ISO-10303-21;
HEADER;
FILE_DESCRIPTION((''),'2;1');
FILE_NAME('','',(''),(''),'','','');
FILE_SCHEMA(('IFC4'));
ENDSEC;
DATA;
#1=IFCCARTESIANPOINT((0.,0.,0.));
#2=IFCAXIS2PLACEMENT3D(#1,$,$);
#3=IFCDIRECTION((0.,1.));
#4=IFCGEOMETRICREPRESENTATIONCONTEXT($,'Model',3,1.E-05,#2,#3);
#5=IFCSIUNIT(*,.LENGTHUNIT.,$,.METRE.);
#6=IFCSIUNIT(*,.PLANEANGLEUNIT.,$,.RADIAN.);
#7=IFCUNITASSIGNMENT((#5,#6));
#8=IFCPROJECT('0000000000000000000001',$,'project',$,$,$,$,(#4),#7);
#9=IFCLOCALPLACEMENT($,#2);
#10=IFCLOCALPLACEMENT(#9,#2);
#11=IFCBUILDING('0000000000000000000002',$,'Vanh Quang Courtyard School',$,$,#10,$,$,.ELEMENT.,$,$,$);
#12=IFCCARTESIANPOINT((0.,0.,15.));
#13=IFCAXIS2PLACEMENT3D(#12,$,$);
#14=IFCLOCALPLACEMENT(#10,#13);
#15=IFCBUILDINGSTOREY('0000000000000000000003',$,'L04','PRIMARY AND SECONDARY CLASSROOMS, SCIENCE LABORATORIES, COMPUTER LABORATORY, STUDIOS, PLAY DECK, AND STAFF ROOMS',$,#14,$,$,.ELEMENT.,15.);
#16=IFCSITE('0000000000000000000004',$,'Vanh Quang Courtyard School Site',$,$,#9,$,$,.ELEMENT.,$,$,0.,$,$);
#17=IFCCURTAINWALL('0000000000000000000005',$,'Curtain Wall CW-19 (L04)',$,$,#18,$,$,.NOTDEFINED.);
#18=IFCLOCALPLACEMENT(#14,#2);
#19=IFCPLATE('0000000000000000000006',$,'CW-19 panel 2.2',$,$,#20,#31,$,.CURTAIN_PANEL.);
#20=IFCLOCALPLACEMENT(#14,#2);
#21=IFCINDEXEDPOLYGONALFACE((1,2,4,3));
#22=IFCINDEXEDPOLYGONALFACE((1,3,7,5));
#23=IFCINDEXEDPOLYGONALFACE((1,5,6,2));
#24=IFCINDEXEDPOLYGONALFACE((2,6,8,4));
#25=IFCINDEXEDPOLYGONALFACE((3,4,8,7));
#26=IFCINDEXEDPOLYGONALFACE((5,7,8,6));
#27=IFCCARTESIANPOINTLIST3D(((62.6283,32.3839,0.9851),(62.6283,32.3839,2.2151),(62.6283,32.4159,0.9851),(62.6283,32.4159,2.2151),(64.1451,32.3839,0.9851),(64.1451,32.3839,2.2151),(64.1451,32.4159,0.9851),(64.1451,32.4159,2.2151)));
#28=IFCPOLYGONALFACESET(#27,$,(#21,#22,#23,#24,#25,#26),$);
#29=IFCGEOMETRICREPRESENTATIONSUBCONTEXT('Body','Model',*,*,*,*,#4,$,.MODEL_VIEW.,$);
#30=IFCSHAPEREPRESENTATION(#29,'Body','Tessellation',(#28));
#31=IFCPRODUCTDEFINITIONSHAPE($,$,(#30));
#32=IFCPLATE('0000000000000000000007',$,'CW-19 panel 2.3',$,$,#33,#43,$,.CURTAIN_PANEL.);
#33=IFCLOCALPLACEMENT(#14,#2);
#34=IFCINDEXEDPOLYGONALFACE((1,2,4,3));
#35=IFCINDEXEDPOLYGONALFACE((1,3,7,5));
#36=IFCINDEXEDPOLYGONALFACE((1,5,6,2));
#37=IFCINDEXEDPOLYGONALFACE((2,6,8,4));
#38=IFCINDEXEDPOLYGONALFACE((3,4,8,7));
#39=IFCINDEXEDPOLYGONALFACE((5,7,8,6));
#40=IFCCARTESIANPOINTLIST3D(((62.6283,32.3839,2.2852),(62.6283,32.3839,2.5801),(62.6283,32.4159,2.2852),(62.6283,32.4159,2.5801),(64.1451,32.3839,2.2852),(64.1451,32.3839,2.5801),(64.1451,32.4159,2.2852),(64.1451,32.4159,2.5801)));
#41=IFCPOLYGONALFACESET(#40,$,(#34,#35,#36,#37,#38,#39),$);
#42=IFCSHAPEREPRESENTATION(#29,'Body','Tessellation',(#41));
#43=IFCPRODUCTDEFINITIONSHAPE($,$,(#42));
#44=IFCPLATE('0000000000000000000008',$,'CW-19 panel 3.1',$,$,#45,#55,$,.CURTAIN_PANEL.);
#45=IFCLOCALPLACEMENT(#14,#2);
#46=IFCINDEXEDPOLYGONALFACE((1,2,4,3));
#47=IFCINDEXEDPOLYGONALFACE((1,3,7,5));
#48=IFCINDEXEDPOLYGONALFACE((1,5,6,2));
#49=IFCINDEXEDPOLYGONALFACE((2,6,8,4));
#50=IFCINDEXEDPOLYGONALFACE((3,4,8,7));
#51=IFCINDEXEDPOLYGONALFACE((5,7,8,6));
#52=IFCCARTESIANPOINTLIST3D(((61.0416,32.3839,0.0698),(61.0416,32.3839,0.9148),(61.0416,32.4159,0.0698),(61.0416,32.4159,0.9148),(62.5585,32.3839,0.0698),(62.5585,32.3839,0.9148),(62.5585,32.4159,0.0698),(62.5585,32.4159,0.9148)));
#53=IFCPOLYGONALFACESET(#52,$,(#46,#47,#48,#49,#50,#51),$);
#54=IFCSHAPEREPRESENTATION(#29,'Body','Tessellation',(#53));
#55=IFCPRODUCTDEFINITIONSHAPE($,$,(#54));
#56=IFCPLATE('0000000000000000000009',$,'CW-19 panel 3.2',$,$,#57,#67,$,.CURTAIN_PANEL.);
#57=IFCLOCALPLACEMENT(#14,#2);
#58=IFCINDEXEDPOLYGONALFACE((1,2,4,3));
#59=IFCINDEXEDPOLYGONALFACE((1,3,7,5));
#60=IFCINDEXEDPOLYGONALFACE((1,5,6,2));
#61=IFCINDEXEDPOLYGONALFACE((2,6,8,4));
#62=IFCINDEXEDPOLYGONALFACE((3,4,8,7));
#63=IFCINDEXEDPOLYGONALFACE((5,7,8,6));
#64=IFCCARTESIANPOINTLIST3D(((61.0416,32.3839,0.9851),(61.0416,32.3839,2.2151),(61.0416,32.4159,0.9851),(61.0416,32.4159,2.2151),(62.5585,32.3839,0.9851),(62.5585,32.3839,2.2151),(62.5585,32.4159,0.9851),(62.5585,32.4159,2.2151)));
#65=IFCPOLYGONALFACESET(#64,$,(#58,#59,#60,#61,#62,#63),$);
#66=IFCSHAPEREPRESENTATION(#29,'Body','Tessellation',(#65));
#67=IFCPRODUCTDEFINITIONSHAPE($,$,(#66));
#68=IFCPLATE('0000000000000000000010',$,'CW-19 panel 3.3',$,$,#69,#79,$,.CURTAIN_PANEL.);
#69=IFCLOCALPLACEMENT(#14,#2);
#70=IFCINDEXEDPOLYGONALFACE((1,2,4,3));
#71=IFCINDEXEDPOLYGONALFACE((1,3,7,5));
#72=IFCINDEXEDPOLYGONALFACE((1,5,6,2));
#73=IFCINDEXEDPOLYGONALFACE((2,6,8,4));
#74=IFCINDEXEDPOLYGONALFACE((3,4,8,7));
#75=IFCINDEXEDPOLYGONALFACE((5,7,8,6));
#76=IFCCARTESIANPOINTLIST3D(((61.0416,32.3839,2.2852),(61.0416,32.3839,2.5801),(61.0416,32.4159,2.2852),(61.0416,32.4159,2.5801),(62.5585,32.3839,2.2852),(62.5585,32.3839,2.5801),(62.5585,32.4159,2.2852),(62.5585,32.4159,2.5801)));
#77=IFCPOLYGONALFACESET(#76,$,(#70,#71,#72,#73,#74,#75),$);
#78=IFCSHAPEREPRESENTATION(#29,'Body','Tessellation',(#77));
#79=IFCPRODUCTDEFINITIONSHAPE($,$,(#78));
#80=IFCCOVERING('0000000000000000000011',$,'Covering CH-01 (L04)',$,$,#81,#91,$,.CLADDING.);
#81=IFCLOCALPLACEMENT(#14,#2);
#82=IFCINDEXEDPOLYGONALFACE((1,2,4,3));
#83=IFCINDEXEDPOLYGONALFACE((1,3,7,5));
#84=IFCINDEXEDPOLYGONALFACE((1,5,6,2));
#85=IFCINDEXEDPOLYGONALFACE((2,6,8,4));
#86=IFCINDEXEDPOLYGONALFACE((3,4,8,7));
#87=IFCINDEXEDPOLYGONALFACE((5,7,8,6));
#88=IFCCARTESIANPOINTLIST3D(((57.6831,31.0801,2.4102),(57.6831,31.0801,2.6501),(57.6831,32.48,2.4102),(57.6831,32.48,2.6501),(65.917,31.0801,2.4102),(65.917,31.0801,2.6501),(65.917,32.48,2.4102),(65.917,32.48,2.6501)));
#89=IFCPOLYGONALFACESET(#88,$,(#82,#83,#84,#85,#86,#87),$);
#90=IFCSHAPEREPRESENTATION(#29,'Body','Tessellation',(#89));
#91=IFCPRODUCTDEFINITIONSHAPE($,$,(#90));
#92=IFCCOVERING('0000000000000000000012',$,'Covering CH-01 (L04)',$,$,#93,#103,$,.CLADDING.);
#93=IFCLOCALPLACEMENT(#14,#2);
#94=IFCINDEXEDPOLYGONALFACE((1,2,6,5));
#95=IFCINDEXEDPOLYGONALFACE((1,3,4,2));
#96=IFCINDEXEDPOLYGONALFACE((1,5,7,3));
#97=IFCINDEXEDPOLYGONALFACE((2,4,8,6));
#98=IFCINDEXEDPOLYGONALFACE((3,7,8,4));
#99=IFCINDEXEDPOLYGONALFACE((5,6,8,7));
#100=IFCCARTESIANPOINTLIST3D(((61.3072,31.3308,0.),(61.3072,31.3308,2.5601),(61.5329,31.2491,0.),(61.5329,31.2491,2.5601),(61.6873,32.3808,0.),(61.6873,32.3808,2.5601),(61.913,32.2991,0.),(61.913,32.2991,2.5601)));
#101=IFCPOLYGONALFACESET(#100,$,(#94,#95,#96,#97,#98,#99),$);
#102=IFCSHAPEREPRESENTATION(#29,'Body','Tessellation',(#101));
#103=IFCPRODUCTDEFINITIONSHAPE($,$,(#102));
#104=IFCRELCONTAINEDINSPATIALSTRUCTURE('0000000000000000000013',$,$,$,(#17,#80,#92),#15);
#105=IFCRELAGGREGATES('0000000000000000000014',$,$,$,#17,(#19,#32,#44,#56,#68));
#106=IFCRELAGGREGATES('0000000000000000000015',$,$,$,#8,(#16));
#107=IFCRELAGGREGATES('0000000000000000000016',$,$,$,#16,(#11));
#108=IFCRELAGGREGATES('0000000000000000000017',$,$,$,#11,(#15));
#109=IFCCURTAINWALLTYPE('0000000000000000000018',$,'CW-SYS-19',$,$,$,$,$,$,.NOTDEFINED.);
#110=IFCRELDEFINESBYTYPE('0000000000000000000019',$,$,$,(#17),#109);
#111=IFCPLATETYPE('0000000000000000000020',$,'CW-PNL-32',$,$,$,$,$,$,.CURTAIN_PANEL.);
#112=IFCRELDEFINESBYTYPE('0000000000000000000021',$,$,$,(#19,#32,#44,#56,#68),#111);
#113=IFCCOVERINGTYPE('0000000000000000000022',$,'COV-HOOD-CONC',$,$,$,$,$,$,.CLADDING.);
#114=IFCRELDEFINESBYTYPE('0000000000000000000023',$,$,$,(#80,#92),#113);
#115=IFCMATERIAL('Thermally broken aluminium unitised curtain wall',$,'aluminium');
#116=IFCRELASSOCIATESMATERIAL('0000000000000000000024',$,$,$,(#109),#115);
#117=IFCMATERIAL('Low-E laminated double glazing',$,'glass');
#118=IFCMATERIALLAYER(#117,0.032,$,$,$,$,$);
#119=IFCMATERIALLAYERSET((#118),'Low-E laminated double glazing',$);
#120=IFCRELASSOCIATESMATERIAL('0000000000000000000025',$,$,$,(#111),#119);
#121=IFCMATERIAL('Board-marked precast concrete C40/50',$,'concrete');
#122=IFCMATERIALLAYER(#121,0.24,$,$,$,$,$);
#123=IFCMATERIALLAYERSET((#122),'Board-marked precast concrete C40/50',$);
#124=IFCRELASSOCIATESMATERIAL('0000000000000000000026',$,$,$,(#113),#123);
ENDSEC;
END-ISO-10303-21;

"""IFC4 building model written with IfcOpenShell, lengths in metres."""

from ifc_helpers import new_model, si_unit, direction, frame, origin, origin_2d, place, context, subcontext, project, spatial, rectangle, extrude, material, layer, layer_set, type_object, element, aggregate, save


model = new_model("IFC4")

# Units and contexts
model_context = context("Model", 3, precision=1e-05, world=origin(), true_north=direction((0.0, 1.0)))
body_context = subcontext(model_context, "Body", "Model", "MODEL_VIEW")
ifc_project = project(units=[si_unit("LENGTHUNIT", "METRE"), si_unit("PLANEANGLEUNIT", "RADIAN")], contexts=[model_context])

# Site, building, storey
site_placement = place(None, origin())
site = spatial("IfcSite", under=ifc_project, at=site_placement, Name="Vanh Quang Courtyard School Site", CompositionType="ELEMENT", RefElevation=0.0)
building_placement = place(site_placement, origin())
building = spatial("IfcBuilding", under=site, at=building_placement, Name="Vanh Quang Courtyard School", CompositionType="ELEMENT")
storey_placement = place(building_placement, frame((0.0, 0.0, 15.0)))
storey = spatial("IfcBuildingStorey", under=building, at=storey_placement, Name="L04", Description="PRIMARY AND SECONDARY CLASSROOMS, SCIENCE LABORATORIES, COMPUTER LABORATORY, STUDIOS, PLAY DECK, AND STAFF ROOMS", CompositionType="ELEMENT", Elevation=15.0)

# Curtain wall, plates
ifc_material_1 = material(Name="Thermally broken aluminium unitised curtain wall", Category="aluminium")
curtain_wall_type = type_object("IfcCurtainWallType", Name="CW-SYS-19", PredefinedType="NOTDEFINED", material=ifc_material_1)
curtain_wall_placement = place(storey_placement, origin())
curtain_wall = element("IfcCurtainWall", 1, at=curtain_wall_placement, inside=storey, type_object=curtain_wall_type, Name="Curtain Wall CW-19 (L04)", PredefinedType="NOTDEFINED")
ifc_material_2 = material(Name="Low-E laminated double glazing", Category="glass")
ifc_layer_1 = layer(ifc_material_2, 0.032)
ifc_layer_set_1 = layer_set([ifc_layer_1], Name="Low-E laminated double glazing")
plate_type = type_object("IfcPlateType", Name="CW-PNL-32", PredefinedType="CURTAIN_PANEL", material=ifc_layer_set_1)
plate_1_placement = place(storey_placement, frame((63.3867, 32.3999, 0.9851), z_axis=(0.0, 0.0, 1.0), x_axis=(-1.0, 0.0, 0.0)))
plate_1 = element("IfcPlate", 2, at=plate_1_placement, type_object=plate_type, Name="CW-19 panel 2.2", PredefinedType="CURTAIN_PANEL", context=body_context, shape_type="SweptSolid", body=[
    extrude(rectangle(XDim=1.5168, YDim=0.032, at=origin_2d()), origin(), (0.0, 0.0, 1.0), 1.23),
])
plate_2_placement = place(storey_placement, frame((63.3867, 32.3999, 2.2852), z_axis=(0.0, 0.0, 1.0), x_axis=(-1.0, 0.0, 0.0)))
plate_2 = element("IfcPlate", 3, at=plate_2_placement, type_object=plate_type, Name="CW-19 panel 2.3", PredefinedType="CURTAIN_PANEL", context=body_context, shape_type="SweptSolid", body=[
    extrude(rectangle(XDim=1.5168, YDim=0.032, at=origin_2d()), origin(), (0.0, 0.0, 1.0), 0.2949),
])
plate_3_placement = place(storey_placement, frame((61.8, 32.3999, 0.0698), z_axis=(0.0, 0.0, 1.0), x_axis=(-1.0, 0.0, 0.0)))
plate_3 = element("IfcPlate", 4, at=plate_3_placement, type_object=plate_type, Name="CW-19 panel 3.1", PredefinedType="CURTAIN_PANEL", context=body_context, shape_type="SweptSolid", body=[
    extrude(rectangle(XDim=1.5168, YDim=0.032, at=origin_2d()), origin(), (0.0, 0.0, 1.0), 0.845),
])
plate_4_placement = place(storey_placement, frame((61.8, 32.3999, 0.9851), z_axis=(0.0, 0.0, 1.0), x_axis=(-1.0, 0.0, 0.0)))
plate_4 = element("IfcPlate", 5, at=plate_4_placement, type_object=plate_type, Name="CW-19 panel 3.2", PredefinedType="CURTAIN_PANEL", context=body_context, shape_type="SweptSolid", body=[
    extrude(rectangle(XDim=1.5168, YDim=0.032, at=origin_2d()), origin(), (0.0, 0.0, 1.0), 1.23),
])
plate_5_placement = place(storey_placement, frame((61.8, 32.3999, 2.2852), z_axis=(0.0, 0.0, 1.0), x_axis=(-1.0, 0.0, 0.0)))
plate_5 = element("IfcPlate", 6, at=plate_5_placement, type_object=plate_type, Name="CW-19 panel 3.3", PredefinedType="CURTAIN_PANEL", context=body_context, shape_type="SweptSolid", body=[
    extrude(rectangle(XDim=1.5168, YDim=0.032, at=origin_2d()), origin(), (0.0, 0.0, 1.0), 0.2949),
])
aggregate(curtain_wall, [plate_1, plate_2, plate_3, plate_4, plate_5])

# Coverings
ifc_material_3 = material(Name="Board-marked precast concrete C40/50", Category="concrete")
ifc_layer_2 = layer(ifc_material_3, 0.24)
ifc_layer_set_2 = layer_set([ifc_layer_2], Name="Board-marked precast concrete C40/50")
covering_type = type_object("IfcCoveringType", Name="COV-HOOD-CONC", PredefinedType="CLADDING", material=ifc_layer_set_2)
covering_1_placement = place(storey_placement, frame((61.8, 31.78, 2.4102), z_axis=(0.0, 0.0, 1.0), x_axis=(-1.0, 0.0, 0.0)))
element("IfcCovering", 7, at=covering_1_placement, inside=storey, type_object=covering_type, Name="Covering CH-01 (L04)", PredefinedType="CLADDING", context=body_context, shape_type="SweptSolid", body=[
    extrude(rectangle(XDim=8.2339, YDim=1.3999, at=origin_2d()), origin(), (0.0, 0.0, 1.0), 0.24),
])
covering_2_placement = place(storey_placement, frame((61.6101, 31.8149, 0.0), z_axis=(0.0, 0.0, 1.0), x_axis=(-0.34038, -0.940288, 0.0)))
element("IfcCovering", 8, at=covering_2_placement, inside=storey, type_object=covering_type, Name="Covering CH-01 (L04)", PredefinedType="CLADDING", context=body_context, shape_type="SweptSolid", body=[
    extrude(rectangle(XDim=1.1167, YDim=0.24, at=origin_2d()), origin(), (0.0, 0.0, 1.0), 2.5601),
])

save(model, "model.ifc")
